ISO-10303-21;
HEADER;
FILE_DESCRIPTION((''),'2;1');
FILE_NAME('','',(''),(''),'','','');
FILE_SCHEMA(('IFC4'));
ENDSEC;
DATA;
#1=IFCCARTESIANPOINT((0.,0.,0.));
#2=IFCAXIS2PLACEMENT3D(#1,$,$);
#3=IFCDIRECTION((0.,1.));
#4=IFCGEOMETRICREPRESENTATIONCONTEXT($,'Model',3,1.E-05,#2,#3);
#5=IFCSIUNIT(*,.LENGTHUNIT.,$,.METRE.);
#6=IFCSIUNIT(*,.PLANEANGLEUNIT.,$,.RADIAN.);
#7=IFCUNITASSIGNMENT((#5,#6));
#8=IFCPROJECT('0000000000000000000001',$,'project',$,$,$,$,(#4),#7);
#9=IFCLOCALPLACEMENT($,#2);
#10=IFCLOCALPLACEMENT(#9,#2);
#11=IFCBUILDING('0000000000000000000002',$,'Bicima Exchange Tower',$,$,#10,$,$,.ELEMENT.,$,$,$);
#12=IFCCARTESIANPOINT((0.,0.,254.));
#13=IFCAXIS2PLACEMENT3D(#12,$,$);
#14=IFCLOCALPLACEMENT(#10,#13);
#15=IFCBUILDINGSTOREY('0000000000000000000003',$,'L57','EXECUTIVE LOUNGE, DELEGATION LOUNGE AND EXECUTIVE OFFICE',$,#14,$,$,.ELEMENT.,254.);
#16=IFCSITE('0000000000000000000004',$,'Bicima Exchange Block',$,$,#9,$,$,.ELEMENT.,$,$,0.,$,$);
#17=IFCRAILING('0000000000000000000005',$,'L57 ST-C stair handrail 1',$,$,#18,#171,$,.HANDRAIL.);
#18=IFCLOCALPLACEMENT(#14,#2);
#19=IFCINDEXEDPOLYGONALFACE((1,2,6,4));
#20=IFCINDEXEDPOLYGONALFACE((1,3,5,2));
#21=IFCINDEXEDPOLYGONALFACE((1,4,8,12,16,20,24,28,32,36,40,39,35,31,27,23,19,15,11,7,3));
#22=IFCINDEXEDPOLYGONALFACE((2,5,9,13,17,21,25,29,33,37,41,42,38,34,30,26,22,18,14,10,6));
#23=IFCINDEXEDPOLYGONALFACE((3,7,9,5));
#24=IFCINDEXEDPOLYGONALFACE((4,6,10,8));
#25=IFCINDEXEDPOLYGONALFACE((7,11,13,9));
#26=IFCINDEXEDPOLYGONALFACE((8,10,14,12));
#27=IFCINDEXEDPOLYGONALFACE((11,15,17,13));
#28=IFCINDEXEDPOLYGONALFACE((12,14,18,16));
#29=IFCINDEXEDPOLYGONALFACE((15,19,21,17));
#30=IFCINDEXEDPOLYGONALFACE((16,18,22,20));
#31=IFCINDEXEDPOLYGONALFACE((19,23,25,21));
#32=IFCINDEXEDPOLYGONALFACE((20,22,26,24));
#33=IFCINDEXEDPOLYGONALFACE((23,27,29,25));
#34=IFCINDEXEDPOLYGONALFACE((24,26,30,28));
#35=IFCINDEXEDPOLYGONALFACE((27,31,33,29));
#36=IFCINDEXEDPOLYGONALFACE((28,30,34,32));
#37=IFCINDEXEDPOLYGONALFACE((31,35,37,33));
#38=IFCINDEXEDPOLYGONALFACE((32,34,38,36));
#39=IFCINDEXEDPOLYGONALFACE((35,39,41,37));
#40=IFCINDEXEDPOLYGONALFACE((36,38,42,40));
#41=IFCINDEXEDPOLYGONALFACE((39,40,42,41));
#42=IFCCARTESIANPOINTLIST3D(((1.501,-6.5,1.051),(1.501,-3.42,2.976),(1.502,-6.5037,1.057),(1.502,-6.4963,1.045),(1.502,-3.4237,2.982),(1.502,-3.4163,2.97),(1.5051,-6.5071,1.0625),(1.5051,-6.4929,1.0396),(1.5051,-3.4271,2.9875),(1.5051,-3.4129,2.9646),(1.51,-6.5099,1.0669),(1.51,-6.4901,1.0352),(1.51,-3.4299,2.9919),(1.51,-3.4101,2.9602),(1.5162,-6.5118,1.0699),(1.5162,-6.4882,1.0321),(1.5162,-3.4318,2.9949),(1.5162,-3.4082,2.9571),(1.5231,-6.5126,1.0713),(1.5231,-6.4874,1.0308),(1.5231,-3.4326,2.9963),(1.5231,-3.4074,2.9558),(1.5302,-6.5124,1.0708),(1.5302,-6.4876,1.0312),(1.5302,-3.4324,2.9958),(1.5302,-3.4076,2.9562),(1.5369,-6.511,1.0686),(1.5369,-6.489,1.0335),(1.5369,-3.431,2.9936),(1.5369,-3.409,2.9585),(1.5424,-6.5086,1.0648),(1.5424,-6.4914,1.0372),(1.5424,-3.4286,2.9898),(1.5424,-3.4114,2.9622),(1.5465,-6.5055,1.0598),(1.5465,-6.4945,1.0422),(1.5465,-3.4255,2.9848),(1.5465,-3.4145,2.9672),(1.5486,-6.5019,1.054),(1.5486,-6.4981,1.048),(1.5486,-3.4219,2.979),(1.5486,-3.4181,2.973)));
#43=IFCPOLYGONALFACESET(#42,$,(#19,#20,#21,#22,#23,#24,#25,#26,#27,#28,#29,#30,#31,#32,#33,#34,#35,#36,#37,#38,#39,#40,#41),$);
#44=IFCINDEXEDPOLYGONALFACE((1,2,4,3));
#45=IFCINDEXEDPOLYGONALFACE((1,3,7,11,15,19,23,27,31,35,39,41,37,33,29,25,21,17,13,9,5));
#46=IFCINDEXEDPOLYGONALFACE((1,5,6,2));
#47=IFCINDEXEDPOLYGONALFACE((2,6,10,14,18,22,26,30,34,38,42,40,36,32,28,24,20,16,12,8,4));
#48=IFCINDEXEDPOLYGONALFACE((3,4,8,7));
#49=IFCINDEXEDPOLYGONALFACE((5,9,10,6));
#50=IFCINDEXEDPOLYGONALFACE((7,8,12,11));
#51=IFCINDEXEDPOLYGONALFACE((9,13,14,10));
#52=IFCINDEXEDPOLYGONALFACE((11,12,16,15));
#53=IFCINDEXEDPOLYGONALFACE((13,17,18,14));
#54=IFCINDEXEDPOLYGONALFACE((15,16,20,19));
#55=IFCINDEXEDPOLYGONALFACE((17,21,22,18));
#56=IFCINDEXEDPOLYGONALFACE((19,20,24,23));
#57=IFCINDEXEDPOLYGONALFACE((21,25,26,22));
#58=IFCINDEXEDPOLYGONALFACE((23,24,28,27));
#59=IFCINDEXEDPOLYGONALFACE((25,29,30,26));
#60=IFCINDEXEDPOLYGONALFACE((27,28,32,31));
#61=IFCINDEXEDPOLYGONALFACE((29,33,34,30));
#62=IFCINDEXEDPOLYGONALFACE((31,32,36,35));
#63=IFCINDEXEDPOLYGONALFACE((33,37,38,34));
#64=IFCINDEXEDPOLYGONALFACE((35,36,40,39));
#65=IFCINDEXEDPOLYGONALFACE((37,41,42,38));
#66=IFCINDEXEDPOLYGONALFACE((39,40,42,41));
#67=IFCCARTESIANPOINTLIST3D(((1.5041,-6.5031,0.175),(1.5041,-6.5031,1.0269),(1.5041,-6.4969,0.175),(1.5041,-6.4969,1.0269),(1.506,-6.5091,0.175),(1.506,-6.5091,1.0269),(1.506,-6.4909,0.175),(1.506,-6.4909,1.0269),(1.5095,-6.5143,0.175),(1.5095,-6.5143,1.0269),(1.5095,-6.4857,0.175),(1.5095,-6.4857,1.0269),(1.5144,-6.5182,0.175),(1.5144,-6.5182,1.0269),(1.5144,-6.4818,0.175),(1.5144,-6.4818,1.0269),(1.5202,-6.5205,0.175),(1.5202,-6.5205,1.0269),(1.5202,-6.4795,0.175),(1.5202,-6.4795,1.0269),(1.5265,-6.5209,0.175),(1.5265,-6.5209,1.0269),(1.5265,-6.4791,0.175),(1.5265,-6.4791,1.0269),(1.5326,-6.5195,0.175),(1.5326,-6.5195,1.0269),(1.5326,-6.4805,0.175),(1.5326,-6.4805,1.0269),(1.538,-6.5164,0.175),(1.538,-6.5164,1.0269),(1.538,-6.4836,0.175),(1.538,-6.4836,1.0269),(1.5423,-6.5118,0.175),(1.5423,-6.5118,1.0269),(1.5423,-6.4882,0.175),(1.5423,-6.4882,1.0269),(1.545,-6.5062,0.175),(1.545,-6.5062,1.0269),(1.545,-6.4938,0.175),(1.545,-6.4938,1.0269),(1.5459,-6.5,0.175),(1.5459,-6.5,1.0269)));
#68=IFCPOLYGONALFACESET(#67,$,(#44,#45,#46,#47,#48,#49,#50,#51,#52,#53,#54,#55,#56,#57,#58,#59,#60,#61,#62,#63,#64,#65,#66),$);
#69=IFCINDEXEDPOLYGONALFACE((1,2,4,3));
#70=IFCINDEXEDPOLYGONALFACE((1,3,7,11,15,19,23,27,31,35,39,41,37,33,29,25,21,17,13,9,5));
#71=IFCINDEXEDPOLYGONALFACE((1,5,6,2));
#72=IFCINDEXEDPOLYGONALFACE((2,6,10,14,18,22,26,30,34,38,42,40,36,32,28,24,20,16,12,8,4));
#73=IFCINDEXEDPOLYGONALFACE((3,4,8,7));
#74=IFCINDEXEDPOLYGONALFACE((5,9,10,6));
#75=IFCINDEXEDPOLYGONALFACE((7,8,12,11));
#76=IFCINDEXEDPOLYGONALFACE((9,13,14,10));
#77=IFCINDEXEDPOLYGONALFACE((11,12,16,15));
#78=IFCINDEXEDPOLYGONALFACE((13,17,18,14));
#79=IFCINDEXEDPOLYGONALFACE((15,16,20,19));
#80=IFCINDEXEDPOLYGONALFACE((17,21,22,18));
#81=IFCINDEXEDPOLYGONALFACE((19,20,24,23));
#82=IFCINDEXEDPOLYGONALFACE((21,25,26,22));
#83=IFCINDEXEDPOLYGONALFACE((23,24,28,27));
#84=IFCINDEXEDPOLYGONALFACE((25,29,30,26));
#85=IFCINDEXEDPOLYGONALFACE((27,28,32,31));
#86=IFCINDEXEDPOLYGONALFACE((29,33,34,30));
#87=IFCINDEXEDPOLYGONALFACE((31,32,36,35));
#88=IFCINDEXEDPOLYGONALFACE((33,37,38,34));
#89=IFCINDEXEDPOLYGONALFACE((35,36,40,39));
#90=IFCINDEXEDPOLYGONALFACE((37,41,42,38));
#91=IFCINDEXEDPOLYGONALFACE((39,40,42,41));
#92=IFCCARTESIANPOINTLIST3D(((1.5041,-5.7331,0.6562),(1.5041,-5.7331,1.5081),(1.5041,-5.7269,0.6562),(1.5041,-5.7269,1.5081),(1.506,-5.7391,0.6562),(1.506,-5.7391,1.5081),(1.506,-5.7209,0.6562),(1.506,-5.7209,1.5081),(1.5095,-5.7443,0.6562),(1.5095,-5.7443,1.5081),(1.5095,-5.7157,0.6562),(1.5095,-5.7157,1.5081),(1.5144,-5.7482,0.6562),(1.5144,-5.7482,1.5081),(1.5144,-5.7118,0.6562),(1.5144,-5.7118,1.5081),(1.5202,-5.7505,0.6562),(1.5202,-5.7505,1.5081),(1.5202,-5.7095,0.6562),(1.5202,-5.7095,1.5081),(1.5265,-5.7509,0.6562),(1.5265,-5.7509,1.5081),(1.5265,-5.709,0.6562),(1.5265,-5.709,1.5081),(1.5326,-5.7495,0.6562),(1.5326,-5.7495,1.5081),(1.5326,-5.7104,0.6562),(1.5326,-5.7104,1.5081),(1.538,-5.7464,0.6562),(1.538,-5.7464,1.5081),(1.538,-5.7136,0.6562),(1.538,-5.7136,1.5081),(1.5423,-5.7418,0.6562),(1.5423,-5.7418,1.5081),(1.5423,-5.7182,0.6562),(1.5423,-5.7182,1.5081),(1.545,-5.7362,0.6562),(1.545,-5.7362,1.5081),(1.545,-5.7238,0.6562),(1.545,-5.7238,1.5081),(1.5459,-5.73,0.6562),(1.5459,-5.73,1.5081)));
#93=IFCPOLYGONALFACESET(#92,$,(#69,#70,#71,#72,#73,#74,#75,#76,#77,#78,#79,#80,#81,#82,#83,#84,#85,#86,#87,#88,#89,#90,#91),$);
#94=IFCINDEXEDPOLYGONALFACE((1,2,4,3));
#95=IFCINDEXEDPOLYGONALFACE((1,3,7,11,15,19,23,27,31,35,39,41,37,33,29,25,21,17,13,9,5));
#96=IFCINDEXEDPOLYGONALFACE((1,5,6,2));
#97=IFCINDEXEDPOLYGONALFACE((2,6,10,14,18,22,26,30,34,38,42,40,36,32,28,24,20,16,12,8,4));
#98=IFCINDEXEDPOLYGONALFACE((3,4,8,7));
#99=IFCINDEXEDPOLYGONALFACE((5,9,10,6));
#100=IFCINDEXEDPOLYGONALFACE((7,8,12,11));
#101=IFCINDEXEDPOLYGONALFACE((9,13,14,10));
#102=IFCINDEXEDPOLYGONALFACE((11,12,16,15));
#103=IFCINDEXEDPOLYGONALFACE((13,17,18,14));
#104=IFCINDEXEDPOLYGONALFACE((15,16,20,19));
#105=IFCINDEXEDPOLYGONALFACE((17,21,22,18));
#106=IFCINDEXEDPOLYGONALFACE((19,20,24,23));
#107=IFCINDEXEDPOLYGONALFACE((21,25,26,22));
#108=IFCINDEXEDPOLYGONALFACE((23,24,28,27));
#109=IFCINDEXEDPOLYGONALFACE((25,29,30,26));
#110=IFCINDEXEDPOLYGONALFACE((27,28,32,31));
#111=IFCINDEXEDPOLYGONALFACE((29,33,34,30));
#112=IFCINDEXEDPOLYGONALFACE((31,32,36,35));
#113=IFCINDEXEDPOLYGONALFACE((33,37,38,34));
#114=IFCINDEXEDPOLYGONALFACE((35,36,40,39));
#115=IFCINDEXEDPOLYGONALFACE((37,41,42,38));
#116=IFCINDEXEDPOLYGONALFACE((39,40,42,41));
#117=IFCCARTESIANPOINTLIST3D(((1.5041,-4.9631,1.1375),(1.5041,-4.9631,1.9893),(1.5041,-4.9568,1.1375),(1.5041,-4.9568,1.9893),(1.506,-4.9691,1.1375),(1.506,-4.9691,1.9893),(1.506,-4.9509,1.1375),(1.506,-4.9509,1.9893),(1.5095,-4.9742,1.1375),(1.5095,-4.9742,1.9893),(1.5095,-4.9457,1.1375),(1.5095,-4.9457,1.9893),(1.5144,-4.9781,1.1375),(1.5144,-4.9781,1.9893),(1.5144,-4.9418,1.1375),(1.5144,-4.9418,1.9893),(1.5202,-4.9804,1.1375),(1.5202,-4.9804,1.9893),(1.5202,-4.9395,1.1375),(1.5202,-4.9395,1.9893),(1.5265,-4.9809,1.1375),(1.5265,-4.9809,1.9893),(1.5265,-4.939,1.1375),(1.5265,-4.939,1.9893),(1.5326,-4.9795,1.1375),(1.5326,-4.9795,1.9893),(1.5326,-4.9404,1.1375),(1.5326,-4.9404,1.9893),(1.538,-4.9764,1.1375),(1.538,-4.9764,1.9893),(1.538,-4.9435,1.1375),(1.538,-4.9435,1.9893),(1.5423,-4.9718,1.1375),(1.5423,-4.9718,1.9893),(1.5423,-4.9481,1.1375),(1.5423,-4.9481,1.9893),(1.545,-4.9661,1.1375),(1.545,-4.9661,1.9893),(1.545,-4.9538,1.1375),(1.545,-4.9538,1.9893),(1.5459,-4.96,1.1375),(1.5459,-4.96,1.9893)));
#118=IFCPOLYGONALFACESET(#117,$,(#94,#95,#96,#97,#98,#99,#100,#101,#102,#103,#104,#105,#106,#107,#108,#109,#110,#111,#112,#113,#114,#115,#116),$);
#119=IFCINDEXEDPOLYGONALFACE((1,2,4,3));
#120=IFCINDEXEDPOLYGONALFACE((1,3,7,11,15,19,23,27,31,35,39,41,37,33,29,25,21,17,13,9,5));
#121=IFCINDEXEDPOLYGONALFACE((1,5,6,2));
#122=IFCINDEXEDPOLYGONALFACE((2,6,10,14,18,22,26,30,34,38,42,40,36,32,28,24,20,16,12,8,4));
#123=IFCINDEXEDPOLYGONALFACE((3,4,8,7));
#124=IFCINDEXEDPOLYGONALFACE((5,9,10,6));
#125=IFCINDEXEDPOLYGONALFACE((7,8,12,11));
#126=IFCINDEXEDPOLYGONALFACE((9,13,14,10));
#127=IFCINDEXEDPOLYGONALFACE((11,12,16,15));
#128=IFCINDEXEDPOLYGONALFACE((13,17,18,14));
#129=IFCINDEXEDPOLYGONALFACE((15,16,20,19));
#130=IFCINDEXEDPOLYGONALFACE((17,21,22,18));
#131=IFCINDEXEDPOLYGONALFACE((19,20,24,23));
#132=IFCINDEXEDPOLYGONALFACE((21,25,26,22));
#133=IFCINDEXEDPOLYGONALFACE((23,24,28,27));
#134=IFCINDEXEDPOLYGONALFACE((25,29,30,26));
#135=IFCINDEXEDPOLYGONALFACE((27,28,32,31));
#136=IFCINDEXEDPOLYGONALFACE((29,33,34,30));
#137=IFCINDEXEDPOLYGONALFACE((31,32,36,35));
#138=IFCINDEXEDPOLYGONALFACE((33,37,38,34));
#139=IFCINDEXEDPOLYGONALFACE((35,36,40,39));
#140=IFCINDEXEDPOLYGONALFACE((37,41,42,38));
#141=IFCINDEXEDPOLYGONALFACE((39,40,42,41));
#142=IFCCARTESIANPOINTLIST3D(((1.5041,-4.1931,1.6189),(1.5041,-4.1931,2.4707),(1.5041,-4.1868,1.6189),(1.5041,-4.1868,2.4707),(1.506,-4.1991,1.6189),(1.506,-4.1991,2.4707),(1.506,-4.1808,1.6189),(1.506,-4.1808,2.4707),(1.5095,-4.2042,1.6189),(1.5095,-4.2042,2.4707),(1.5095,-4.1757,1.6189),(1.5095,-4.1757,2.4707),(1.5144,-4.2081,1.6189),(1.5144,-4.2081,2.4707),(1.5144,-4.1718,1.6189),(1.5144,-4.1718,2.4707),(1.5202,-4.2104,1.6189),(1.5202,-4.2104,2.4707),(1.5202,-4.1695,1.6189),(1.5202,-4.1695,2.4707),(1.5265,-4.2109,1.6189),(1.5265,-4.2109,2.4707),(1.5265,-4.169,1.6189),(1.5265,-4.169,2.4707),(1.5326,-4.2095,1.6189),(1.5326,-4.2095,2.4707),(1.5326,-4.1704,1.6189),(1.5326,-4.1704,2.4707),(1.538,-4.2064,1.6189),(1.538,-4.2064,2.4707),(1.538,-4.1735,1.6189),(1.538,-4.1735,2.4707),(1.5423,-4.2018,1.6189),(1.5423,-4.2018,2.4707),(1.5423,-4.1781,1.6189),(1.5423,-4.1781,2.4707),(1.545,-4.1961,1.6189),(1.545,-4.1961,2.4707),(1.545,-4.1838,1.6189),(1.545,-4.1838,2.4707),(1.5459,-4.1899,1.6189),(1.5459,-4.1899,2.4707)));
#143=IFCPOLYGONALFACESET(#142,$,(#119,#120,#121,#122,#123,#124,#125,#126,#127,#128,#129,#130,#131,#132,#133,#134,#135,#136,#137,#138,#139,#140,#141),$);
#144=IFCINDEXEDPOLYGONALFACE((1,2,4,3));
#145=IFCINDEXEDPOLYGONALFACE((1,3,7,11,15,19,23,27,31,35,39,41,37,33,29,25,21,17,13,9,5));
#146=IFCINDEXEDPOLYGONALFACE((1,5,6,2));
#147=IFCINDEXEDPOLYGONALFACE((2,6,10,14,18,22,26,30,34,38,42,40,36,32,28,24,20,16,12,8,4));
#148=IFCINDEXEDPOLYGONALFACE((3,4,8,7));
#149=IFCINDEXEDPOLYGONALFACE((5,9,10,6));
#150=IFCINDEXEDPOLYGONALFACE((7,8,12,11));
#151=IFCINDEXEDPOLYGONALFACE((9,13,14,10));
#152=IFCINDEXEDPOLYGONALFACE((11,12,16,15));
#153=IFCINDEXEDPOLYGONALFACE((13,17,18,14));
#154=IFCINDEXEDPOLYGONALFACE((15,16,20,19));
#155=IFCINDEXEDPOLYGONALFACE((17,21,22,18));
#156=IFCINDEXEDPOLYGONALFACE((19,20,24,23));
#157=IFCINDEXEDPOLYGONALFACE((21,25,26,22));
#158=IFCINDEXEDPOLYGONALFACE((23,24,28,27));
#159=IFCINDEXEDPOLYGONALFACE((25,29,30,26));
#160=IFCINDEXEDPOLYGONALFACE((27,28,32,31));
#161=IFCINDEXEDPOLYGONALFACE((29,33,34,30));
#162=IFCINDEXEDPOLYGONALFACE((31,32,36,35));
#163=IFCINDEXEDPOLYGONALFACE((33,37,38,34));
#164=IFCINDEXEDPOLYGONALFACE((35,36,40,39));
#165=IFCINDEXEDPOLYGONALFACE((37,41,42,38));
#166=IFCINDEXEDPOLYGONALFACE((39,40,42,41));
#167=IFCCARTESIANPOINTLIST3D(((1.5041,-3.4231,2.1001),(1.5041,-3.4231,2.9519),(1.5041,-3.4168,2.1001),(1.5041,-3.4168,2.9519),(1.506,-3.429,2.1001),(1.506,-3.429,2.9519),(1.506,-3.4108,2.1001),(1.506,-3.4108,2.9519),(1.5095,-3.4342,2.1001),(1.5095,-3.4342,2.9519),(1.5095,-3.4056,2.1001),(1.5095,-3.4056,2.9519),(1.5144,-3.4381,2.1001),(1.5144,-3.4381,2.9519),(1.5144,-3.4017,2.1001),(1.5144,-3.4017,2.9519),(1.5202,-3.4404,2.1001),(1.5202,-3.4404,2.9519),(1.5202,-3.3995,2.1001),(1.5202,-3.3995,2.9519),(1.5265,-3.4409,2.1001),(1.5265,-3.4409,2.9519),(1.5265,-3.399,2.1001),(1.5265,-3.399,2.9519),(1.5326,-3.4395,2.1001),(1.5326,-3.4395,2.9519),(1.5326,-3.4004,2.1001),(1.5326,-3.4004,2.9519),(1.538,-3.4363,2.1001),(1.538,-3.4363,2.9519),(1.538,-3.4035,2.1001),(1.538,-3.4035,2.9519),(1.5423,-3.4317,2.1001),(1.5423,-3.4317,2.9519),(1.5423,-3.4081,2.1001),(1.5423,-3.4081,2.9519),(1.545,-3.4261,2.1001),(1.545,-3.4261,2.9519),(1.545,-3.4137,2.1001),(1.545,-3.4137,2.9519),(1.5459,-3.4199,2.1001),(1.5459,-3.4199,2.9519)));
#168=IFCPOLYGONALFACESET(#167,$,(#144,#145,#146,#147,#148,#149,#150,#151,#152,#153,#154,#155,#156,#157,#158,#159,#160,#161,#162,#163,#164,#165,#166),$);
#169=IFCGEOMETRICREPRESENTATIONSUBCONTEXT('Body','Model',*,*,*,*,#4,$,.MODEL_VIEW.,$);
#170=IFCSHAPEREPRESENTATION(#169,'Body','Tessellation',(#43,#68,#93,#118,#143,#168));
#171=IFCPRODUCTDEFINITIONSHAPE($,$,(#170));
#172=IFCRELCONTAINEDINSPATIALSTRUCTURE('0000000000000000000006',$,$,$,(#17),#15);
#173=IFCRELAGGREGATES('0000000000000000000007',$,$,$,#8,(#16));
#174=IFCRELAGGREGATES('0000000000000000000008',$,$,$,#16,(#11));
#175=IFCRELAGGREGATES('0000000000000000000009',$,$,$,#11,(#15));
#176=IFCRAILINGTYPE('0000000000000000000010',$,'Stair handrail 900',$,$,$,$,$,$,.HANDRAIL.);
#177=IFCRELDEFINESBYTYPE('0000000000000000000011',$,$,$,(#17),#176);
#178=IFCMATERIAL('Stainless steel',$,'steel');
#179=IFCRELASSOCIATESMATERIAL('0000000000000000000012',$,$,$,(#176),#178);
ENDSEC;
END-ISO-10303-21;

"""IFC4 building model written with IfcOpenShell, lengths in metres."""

from ifc_helpers import new_model, si_unit, direction, frame, origin, origin_2d, place, context, subcontext, project, spatial, circle, extrude, material, type_object, element, save


model = new_model("IFC4")

# Units and contexts
model_context = context("Model", 3, precision=1e-05, world=origin(), true_north=direction((0.0, 1.0)))
body_context = subcontext(model_context, "Body", "Model", "MODEL_VIEW")
ifc_project = project(units=[si_unit("LENGTHUNIT", "METRE"), si_unit("PLANEANGLEUNIT", "RADIAN")], contexts=[model_context])

# Site, building, storey
site_placement = place(None, origin())
site = spatial("IfcSite", under=ifc_project, at=site_placement, Name="Bicima Exchange Block", CompositionType="ELEMENT", RefElevation=0.0)
building_placement = place(site_placement, origin())
building = spatial("IfcBuilding", under=site, at=building_placement, Name="Bicima Exchange Tower", CompositionType="ELEMENT")
storey_placement = place(building_placement, frame((0.0, 0.0, 254.0)))
storey = spatial("IfcBuildingStorey", under=building, at=storey_placement, Name="L57", Description="EXECUTIVE LOUNGE, DELEGATION LOUNGE AND EXECUTIVE OFFICE", CompositionType="ELEMENT", Elevation=254.0)

# Shared definitions
ifc_material_1 = material(Name="Stainless steel", Category="steel")

# Railing
railing_type_1 = type_object("IfcRailingType", Name="Stair handrail 900", PredefinedType="HANDRAIL", material=ifc_material_1)
railing_1_placement = place(storey_placement, frame((1.5249, -6.5, 0.175)))
element("IfcRailing", 1, at=railing_1_placement, inside=storey, type_object=railing_type_1, Name="L57 ST-C stair handrail 1", PredefinedType="HANDRAIL", context=body_context, shape_type="SweptSolid", body=[
    extrude(circle(Radius=0.0239, at=origin_2d()), frame((0.0, 0.0, 0.876), z_axis=(0.0, 0.847998, 0.529999), x_axis=(-1.0, 0.0, 0.0)), (0.0, 0.0, 1.0), 3.6321),
    extrude(circle(Radius=0.021, at=origin_2d()), origin(), (0.0, 0.0, 1.0), 0.8518),
    extrude(circle(Radius=0.021, at=origin_2d()), frame((0.0, 0.77, 0.4812)), (0.0, 0.0, 1.0), 0.8518),
    extrude(circle(Radius=0.021, at=origin_2d()), frame((0.0, 1.54, 0.9624)), (0.0, 0.0, 1.0), 0.8518),
    extrude(circle(Radius=0.021, at=origin_2d()), frame((0.0, 2.3101, 1.4438)), (0.0, 0.0, 1.0), 0.8518),
    extrude(circle(Radius=0.021, at=origin_2d()), frame((0.0, 3.0801, 1.925)), (0.0, 0.0, 1.0), 0.8518),
])

save(model, "model.ifc")
